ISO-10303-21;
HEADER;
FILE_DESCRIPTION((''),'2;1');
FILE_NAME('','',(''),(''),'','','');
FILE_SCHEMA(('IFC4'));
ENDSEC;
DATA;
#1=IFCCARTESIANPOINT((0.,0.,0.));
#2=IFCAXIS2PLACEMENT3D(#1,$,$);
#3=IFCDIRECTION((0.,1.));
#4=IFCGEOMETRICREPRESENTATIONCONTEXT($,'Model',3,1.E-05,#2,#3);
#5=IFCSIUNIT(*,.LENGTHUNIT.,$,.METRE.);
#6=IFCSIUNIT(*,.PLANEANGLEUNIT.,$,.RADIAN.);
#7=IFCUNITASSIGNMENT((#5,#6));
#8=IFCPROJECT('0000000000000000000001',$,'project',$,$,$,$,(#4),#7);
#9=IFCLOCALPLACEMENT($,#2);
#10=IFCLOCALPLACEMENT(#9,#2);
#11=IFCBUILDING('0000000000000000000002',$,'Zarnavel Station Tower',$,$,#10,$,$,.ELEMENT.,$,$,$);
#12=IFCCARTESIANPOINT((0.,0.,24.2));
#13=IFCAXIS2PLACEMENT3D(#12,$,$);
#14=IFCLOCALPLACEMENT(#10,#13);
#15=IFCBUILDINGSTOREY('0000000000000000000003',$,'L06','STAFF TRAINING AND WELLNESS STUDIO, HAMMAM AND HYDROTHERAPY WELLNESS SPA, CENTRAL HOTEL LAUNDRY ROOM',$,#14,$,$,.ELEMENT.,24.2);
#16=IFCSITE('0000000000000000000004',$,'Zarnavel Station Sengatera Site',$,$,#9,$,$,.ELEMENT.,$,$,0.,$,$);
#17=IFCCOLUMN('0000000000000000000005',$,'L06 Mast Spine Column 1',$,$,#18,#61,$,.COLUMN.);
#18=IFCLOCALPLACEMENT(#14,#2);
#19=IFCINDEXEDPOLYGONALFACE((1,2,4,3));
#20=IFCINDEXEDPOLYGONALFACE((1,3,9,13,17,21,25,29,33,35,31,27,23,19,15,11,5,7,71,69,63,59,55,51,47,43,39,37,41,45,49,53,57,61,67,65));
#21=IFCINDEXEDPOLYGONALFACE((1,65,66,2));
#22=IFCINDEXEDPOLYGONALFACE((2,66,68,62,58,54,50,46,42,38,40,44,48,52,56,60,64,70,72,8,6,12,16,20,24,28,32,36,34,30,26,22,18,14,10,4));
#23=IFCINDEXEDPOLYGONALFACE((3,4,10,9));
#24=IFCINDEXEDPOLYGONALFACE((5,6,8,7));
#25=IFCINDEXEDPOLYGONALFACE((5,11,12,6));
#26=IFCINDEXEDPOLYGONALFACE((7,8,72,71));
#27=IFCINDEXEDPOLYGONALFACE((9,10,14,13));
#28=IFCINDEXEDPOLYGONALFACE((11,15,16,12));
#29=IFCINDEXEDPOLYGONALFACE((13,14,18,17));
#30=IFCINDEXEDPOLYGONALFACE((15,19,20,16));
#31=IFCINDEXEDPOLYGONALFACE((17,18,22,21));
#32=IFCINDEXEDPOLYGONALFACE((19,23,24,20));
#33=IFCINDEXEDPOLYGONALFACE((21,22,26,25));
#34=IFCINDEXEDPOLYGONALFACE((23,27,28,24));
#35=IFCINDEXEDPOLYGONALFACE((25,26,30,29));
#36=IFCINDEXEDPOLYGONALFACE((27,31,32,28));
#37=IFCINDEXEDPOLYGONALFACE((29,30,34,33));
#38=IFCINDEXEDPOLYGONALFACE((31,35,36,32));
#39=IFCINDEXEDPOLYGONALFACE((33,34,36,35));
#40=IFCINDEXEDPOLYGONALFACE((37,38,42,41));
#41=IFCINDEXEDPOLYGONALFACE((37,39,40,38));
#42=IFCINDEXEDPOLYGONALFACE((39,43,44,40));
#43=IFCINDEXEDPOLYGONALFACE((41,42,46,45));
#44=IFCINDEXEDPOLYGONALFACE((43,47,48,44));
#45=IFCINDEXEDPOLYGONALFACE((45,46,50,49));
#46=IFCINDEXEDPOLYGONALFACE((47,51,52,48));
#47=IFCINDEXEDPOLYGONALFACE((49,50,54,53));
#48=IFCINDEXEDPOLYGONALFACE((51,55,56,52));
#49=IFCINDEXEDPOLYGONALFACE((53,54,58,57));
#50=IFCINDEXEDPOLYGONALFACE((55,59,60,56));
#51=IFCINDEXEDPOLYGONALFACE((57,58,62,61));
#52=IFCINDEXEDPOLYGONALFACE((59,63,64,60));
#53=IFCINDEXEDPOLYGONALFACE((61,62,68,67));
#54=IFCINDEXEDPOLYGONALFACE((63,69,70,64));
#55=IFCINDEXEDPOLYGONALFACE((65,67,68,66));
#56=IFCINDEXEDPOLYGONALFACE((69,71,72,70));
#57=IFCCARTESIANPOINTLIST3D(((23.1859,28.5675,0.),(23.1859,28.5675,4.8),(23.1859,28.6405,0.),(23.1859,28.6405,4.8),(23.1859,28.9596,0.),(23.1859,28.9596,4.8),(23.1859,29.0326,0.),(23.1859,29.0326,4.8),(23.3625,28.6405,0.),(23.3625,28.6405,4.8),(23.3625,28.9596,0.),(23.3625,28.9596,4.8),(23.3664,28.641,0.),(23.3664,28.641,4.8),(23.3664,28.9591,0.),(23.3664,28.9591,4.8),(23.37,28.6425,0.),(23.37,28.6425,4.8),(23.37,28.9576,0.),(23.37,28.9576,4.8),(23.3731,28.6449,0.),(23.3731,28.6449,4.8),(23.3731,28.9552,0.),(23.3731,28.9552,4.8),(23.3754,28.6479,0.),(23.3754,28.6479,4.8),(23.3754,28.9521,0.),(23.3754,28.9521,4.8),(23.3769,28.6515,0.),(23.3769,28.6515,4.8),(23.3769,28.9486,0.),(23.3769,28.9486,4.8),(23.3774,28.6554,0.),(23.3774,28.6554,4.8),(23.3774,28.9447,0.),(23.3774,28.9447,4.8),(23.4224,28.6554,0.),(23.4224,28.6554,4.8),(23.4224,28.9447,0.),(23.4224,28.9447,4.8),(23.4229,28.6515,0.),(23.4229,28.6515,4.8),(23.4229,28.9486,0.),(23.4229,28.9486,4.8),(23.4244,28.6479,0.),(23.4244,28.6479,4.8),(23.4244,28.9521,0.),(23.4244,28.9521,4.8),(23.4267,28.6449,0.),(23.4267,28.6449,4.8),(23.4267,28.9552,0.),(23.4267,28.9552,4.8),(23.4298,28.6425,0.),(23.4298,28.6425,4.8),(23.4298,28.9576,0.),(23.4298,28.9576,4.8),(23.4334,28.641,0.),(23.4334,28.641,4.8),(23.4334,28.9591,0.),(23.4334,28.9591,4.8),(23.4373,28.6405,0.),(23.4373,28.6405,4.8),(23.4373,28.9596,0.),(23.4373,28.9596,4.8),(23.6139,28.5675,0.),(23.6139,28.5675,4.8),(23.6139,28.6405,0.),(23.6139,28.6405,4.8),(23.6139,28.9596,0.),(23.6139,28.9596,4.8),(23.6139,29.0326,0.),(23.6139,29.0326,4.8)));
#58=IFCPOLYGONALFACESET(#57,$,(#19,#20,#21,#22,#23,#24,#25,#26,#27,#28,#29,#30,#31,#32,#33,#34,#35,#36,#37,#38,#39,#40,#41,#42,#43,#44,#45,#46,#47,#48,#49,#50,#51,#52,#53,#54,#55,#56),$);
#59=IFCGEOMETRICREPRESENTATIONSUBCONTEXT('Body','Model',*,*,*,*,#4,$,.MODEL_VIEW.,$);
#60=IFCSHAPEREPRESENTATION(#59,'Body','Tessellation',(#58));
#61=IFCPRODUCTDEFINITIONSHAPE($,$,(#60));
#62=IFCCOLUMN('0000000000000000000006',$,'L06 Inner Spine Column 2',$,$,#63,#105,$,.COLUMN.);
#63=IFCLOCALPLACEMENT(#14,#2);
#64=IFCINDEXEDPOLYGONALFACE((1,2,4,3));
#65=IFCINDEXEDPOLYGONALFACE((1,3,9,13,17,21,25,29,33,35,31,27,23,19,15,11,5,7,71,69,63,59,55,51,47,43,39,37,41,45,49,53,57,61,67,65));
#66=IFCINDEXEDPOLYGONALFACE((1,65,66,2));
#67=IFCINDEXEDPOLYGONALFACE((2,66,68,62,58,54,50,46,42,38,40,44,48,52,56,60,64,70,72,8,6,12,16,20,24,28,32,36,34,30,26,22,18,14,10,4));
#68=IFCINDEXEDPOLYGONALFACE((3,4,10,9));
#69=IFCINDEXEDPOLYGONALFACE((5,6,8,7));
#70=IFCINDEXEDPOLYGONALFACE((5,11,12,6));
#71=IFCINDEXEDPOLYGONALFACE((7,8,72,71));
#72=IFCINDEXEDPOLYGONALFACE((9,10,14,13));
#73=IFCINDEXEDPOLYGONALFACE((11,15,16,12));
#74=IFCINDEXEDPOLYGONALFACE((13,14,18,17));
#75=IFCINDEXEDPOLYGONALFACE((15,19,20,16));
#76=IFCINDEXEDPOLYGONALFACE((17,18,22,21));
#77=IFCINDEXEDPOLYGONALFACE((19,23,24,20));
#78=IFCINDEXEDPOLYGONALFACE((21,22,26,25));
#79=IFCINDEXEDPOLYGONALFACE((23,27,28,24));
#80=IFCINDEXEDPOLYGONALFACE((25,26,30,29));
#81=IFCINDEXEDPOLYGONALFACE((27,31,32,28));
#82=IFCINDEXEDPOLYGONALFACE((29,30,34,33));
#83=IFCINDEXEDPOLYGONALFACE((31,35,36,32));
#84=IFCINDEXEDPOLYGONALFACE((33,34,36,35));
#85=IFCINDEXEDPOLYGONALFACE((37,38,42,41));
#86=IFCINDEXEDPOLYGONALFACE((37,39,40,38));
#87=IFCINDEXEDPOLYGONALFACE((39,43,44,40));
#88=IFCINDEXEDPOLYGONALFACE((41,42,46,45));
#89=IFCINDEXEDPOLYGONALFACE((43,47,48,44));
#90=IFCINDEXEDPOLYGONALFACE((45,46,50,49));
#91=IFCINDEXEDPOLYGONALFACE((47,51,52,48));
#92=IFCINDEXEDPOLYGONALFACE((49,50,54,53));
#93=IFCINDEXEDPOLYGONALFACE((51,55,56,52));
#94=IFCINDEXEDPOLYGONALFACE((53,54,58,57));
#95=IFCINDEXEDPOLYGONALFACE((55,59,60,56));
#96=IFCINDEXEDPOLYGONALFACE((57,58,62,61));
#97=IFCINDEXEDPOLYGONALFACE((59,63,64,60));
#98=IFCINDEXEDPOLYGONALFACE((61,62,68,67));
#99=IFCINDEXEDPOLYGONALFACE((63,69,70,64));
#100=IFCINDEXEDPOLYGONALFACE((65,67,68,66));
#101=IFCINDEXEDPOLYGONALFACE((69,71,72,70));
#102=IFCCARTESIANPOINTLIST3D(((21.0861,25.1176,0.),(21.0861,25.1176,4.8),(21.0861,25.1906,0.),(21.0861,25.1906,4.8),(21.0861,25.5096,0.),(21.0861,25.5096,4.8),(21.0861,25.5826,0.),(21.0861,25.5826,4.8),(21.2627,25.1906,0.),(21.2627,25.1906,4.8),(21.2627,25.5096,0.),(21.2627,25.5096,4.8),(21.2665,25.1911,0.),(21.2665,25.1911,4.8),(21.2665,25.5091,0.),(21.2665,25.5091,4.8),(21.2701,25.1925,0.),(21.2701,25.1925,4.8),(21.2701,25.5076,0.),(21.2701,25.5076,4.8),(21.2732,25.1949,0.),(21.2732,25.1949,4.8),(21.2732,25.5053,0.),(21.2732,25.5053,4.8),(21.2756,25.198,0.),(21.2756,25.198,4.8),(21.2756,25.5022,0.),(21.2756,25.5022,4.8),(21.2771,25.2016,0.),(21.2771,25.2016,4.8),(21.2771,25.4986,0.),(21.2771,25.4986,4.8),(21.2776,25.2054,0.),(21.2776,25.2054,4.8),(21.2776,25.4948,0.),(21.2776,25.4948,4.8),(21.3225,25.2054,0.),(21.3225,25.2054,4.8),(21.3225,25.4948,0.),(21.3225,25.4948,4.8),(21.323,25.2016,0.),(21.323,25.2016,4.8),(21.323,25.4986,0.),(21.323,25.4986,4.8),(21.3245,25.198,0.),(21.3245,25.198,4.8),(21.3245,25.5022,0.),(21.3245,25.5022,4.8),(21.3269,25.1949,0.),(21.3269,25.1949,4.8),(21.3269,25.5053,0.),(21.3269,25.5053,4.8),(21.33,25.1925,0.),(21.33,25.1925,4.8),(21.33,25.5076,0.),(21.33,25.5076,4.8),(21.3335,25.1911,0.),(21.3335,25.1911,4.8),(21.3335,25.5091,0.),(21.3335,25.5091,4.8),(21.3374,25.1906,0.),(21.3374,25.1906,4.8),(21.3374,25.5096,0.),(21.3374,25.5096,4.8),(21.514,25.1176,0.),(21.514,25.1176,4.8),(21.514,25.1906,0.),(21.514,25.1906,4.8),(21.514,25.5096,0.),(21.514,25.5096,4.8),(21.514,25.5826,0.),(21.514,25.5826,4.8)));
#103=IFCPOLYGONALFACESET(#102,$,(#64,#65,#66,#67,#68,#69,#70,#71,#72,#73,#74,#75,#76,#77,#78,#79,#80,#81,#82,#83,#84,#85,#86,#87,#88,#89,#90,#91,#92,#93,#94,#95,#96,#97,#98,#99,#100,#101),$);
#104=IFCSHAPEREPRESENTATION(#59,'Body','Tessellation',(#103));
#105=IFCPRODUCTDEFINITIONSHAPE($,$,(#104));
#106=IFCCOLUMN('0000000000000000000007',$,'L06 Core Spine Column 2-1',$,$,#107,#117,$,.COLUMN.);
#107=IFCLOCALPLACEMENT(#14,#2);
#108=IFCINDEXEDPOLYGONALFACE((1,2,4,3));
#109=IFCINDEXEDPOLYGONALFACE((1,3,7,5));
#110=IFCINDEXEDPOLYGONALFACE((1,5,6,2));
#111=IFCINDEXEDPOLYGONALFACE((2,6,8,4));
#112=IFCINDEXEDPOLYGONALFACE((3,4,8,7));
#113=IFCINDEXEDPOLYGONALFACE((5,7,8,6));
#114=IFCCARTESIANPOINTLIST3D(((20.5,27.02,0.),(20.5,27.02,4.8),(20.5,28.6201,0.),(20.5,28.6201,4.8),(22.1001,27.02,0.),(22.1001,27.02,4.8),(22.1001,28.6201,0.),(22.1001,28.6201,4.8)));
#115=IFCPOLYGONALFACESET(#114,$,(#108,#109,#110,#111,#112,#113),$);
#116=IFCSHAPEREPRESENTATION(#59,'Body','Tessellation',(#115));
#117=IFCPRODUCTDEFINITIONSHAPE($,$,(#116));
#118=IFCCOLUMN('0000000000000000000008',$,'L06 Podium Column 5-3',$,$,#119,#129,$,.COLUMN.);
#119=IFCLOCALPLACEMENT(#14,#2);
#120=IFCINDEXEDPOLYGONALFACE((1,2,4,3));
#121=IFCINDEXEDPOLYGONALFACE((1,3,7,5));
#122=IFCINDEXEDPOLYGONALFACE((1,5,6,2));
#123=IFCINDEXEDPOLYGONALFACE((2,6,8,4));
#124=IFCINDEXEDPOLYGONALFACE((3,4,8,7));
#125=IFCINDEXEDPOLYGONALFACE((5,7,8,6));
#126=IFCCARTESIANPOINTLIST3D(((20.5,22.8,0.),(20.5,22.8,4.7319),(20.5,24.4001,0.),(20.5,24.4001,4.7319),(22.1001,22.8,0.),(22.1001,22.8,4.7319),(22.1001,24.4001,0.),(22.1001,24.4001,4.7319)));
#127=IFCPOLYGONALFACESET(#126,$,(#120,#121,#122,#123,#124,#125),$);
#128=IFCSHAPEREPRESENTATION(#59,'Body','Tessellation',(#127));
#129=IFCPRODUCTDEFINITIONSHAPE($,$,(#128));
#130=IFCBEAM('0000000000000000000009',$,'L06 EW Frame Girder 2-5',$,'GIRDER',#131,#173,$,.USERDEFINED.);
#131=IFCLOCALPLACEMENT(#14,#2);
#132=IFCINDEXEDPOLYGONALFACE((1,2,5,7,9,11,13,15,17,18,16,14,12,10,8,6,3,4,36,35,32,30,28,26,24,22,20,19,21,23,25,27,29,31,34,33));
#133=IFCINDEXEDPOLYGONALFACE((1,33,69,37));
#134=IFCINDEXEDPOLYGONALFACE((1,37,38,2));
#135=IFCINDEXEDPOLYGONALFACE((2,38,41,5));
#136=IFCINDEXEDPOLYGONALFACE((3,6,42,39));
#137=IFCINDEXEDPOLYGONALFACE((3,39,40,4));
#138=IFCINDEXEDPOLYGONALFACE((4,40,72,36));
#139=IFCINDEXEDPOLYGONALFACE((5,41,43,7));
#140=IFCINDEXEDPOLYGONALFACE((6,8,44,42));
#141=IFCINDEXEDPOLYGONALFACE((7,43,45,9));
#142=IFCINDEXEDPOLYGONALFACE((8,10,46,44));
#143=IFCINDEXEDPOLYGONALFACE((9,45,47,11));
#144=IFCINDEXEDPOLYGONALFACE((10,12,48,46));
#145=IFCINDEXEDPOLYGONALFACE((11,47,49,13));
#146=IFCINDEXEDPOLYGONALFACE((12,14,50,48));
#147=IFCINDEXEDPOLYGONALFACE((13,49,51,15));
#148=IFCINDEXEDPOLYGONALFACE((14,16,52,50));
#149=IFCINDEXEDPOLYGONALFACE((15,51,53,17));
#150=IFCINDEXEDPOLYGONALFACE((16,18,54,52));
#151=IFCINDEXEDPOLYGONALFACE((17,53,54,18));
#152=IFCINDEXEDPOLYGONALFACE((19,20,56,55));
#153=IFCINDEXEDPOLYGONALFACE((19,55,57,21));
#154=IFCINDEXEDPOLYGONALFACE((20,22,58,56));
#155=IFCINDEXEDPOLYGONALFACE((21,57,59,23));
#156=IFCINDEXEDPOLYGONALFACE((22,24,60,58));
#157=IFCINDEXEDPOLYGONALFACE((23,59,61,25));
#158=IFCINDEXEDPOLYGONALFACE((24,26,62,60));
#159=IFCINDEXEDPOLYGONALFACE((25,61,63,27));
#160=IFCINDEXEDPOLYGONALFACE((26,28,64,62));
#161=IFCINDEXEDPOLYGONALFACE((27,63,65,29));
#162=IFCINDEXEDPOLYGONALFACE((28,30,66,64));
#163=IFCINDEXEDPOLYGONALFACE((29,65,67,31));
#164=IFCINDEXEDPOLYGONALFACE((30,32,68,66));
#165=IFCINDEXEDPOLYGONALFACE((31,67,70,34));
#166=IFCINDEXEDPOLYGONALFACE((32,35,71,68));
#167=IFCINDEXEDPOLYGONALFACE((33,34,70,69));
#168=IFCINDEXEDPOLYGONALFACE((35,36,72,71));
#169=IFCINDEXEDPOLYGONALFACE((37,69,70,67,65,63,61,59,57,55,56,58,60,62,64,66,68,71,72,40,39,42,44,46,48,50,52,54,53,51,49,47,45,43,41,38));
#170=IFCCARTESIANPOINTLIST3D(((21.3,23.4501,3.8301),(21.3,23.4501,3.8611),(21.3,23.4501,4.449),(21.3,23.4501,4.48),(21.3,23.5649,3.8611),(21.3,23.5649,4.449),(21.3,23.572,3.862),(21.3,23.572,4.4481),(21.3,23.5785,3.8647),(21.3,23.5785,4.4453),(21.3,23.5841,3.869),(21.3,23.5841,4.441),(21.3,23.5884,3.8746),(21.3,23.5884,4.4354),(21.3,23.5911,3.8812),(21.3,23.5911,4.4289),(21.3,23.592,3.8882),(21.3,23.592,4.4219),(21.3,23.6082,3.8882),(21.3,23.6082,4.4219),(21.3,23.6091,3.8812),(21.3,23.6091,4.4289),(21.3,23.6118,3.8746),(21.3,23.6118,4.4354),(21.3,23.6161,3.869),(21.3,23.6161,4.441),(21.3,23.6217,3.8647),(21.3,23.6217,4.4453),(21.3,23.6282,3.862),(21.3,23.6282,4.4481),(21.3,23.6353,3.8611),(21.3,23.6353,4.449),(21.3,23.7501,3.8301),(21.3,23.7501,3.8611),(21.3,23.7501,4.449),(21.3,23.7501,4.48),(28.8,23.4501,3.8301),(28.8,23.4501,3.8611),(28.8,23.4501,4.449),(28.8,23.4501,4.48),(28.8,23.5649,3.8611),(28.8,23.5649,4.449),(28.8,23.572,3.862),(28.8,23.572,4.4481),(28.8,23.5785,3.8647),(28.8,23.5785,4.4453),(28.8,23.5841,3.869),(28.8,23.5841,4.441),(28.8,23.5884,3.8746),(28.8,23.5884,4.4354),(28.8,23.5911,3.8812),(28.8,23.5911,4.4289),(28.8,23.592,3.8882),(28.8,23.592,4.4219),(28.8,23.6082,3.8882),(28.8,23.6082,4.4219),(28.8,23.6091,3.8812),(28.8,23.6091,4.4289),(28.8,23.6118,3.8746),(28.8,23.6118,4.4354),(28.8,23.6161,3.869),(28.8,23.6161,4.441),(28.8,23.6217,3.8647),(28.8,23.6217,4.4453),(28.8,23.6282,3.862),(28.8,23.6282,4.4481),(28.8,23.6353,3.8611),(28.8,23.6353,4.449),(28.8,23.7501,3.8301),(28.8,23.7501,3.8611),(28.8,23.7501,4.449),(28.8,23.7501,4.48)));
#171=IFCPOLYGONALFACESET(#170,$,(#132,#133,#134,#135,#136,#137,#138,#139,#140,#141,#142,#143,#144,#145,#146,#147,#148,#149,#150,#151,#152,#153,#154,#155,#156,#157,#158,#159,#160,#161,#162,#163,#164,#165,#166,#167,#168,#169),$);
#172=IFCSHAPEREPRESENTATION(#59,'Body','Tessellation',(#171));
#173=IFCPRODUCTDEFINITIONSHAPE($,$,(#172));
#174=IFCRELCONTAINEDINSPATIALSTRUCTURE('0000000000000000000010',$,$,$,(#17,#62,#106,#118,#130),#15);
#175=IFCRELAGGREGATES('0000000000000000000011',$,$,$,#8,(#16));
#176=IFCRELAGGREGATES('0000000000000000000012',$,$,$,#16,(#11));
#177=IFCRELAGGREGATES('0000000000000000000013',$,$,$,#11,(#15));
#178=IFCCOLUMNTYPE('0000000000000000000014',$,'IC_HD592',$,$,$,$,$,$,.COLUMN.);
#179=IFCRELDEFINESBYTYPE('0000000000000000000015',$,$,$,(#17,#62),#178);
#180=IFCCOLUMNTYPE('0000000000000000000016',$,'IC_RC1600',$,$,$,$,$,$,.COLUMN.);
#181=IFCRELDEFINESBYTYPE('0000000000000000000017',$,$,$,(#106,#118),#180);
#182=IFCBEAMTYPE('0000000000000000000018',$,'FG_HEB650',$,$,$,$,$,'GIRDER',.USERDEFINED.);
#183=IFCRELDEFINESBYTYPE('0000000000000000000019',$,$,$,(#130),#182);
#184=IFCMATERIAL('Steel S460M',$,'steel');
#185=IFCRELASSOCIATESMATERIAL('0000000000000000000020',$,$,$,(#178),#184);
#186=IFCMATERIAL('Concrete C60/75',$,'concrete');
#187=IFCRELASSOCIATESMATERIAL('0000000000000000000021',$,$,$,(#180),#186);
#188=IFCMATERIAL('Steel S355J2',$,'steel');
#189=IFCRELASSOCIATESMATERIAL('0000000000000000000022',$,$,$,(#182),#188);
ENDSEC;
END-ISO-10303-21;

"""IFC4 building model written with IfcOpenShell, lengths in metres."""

from ifc_helpers import new_model, si_unit, direction, frame, origin, origin_2d, place, context, subcontext, project, spatial, rectangle, i_section, extrude, material, material_profile, profile_set, type_object, element, save


model = new_model("IFC4")

# Units and contexts
model_context = context("Model", 3, precision=1e-05, world=origin(), true_north=direction((0.0, 1.0)))
body_context = subcontext(model_context, "Body", "Model", "MODEL_VIEW")
ifc_project = project(units=[si_unit("LENGTHUNIT", "METRE"), si_unit("PLANEANGLEUNIT", "RADIAN")], contexts=[model_context])

# Site, building, storey
site_placement = place(None, origin())
site = spatial("IfcSite", under=ifc_project, at=site_placement, Name="Zarnavel Station Sengatera Site", CompositionType="ELEMENT", RefElevation=0.0)
building_placement = place(site_placement, origin())
building = spatial("IfcBuilding", under=site, at=building_placement, Name="Zarnavel Station Tower", CompositionType="ELEMENT")
storey_placement = place(building_placement, frame((0.0, 0.0, 24.2)))
storey = spatial("IfcBuildingStorey", under=building, at=storey_placement, Name="L06", Description="STAFF TRAINING AND WELLNESS STUDIO, HAMMAM AND HYDROTHERAPY WELLNESS SPA, CENTRAL HOTEL LAUNDRY ROOM", CompositionType="ELEMENT", Elevation=24.2)

# Columns
ifc_material_1 = material(Name="Steel S460M", Category="steel")
ifc_material_profile_1 = material_profile(ifc_material_1, i_section(OverallWidth=0.428, OverallDepth=0.4651, WebThickness=0.0449, FlangeThickness=0.073, FilletRadius=0.0149, at=origin_2d()), Name="HD400x592")
ifc_profile_set_1 = profile_set([ifc_material_profile_1], Name="Steel S460M")
column_type_1 = type_object("IfcColumnType", Name="IC_HD592", PredefinedType="COLUMN", material=ifc_profile_set_1)
for number, where, z_axis, x_axis, name in (
    (1, (23.3999, 28.8, 0.0), (0.0, 0.0, 1.0), (1.0, 0.0, 0.0), "L06 Mast Spine Column 1"),
    (2, (21.3, 25.3501, 0.0), (0.0, 0.0, 1.0), (1.0, 0.0, 0.0), "L06 Inner Spine Column 2"),
):
    element("IfcColumn", number, at=place(storey_placement, frame(where, z_axis=z_axis, x_axis=x_axis)), inside=storey, type_object=column_type_1, Name=name, PredefinedType="COLUMN", context=body_context, shape_type="SweptSolid", body=[
        extrude(i_section(OverallWidth=0.428, OverallDepth=0.4651, WebThickness=0.0449, FlangeThickness=0.073, FilletRadius=0.0149, at=origin_2d()), origin(), (0.0, 0.0, 1.0), 4.8),
    ])
ifc_material_2 = material(Name="Concrete C60/75", Category="concrete")
ifc_material_profile_2 = material_profile(ifc_material_2, rectangle(XDim=1.6001, YDim=1.6001, at=origin_2d()), Name="RC1600x1600")
ifc_profile_set_2 = profile_set([ifc_material_profile_2], Name="Concrete C60/75")
column_type_2 = type_object("IfcColumnType", Name="IC_RC1600", PredefinedType="COLUMN", material=ifc_profile_set_2)
column_1_placement = place(storey_placement, frame((21.3, 27.8201, 0.0), z_axis=(0.0, 0.0, 1.0), x_axis=(1.0, 0.0, 0.0)))
element("IfcColumn", 3, at=column_1_placement, inside=storey, type_object=column_type_2, Name="L06 Core Spine Column 2-1", PredefinedType="COLUMN", context=body_context, shape_type="SweptSolid", body=[
    extrude(rectangle(XDim=1.6001, YDim=1.6001, at=origin_2d()), origin(), (0.0, 0.0, 1.0), 4.8),
])
column_2_placement = place(storey_placement, frame((21.3, 23.6001, 0.0), z_axis=(0.0, 0.0, 1.0), x_axis=(1.0, 0.0, 0.0)))
element("IfcColumn", 4, at=column_2_placement, inside=storey, type_object=column_type_2, Name="L06 Podium Column 5-3", PredefinedType="COLUMN", context=body_context, shape_type="SweptSolid", body=[
    extrude(rectangle(XDim=1.6001, YDim=1.6001, at=origin_2d()), origin(), (0.0, 0.0, 1.0), 4.7319),
])

# Beam
ifc_material_3 = material(Name="Steel S355J2", Category="steel")
ifc_material_profile_3 = material_profile(ifc_material_3, i_section(OverallWidth=0.3, OverallDepth=0.6499, WebThickness=0.0161, FlangeThickness=0.031, FilletRadius=0.0271, at=origin_2d()), Name="HEB650")
ifc_profile_set_3 = profile_set([ifc_material_profile_3], Name="Steel S355J2")
beam_type_1 = type_object("IfcBeamType", Name="FG_HEB650", ElementType="GIRDER", PredefinedType="USERDEFINED", material=ifc_profile_set_3)
beam_1_placement = place(storey_placement, frame((21.3, 23.6001, 4.155), z_axis=(1.0, 0.0, 0.0), x_axis=(0.0, 1.0, 0.0)))
element("IfcBeam", 5, at=beam_1_placement, inside=storey, type_object=beam_type_1, Name="L06 EW Frame Girder 2-5", ObjectType="GIRDER", PredefinedType="USERDEFINED", context=body_context, shape_type="SweptSolid", body=[
    extrude(i_section(OverallWidth=0.3, OverallDepth=0.6499, WebThickness=0.0161, FlangeThickness=0.031, FilletRadius=0.0271, at=origin_2d()), origin(), (0.0, 0.0, 1.0), 7.5),
])

save(model, "model.ifc")
